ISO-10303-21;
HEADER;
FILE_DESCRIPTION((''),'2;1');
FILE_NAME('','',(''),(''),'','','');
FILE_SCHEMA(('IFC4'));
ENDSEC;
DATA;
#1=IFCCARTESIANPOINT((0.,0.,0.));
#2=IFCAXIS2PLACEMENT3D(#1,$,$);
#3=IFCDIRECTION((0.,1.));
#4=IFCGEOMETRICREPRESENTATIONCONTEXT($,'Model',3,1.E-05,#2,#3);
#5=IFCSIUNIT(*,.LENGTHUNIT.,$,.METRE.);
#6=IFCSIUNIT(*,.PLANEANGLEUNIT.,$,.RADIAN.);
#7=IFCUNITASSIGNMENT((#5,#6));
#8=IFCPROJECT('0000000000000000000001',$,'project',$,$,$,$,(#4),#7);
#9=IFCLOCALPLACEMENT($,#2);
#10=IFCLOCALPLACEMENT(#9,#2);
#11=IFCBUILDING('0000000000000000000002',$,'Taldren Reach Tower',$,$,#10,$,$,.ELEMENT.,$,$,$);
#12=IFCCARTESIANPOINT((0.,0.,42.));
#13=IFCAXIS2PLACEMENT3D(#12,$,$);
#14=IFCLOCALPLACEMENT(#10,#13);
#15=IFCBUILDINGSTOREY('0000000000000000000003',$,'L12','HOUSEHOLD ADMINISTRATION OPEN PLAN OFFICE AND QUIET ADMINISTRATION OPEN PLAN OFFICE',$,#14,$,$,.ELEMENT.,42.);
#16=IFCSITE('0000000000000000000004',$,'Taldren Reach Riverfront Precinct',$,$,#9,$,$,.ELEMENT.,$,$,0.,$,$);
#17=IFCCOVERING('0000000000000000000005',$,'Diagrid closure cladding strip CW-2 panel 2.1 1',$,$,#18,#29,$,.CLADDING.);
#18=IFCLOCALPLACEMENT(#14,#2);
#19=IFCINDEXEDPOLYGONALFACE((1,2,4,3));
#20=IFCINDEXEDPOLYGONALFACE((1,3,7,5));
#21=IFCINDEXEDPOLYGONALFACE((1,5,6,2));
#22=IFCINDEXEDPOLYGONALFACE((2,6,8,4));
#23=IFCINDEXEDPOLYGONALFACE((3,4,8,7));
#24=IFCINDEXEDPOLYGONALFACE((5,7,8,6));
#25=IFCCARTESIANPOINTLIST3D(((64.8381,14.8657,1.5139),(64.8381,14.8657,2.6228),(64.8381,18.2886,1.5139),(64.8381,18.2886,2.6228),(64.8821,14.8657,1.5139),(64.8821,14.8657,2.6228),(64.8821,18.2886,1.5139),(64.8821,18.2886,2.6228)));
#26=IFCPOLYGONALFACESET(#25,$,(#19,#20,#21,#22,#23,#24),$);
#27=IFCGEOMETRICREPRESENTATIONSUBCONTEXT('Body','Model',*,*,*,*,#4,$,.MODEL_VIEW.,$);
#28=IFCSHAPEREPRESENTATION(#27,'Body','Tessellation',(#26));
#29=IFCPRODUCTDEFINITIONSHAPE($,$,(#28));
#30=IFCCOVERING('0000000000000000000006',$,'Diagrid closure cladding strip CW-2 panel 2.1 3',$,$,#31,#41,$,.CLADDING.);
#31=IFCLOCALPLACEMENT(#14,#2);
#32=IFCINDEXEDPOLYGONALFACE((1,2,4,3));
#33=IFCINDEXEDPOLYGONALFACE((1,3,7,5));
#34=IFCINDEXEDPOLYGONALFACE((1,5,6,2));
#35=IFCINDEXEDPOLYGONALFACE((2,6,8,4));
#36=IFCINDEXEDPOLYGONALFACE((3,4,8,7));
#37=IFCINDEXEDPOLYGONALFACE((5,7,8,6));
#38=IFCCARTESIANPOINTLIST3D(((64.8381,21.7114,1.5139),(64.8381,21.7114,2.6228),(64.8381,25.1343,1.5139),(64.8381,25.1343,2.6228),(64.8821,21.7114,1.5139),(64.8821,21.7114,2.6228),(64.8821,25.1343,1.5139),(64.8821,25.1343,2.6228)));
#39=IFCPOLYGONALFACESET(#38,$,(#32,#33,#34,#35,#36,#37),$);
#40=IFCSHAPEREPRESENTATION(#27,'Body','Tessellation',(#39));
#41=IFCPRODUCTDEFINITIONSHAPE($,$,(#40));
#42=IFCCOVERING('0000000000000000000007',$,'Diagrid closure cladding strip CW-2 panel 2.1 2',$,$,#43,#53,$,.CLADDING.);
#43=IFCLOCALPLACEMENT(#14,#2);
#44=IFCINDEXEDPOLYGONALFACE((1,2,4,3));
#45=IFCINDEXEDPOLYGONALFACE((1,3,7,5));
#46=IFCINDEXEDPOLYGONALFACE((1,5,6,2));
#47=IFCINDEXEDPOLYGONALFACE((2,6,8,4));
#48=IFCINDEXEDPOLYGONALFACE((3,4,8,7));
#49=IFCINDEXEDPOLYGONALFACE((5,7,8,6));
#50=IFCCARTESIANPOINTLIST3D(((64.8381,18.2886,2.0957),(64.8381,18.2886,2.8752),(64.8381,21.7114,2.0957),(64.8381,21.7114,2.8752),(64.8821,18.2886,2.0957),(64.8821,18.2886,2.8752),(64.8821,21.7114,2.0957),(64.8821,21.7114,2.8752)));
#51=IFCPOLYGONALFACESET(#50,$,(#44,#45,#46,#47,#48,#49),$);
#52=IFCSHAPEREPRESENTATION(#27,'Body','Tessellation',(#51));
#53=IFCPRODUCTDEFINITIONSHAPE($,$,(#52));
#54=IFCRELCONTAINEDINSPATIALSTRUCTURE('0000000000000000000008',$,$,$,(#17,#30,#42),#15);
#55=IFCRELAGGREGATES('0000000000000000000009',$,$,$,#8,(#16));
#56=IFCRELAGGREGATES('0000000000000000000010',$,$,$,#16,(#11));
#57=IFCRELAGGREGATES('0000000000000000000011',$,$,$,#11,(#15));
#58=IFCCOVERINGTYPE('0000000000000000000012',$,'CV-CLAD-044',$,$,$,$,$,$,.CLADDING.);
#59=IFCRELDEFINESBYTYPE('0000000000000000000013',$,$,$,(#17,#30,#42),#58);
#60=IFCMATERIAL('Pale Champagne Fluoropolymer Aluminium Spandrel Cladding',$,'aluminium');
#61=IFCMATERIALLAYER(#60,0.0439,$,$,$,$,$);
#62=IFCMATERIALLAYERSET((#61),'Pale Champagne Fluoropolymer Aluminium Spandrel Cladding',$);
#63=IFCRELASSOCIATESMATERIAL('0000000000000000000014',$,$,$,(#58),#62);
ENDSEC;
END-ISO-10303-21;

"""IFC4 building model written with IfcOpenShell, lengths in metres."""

from ifc_helpers import new_model, si_unit, direction, frame, origin, origin_2d, place, context, subcontext, project, spatial, rectangle, extrude, source, transform, mapped, material, layer, layer_set, type_object, element, save


model = new_model("IFC4")

# Units and contexts
model_context = context("Model", 3, precision=1e-05, world=origin(), true_north=direction((0.0, 1.0)))
body_context = subcontext(model_context, "Body", "Model", "MODEL_VIEW")
ifc_project = project(units=[si_unit("LENGTHUNIT", "METRE"), si_unit("PLANEANGLEUNIT", "RADIAN")], contexts=[model_context])

# Site, building, storey
site_placement = place(None, origin())
site = spatial("IfcSite", under=ifc_project, at=site_placement, Name="Taldren Reach Riverfront Precinct", CompositionType="ELEMENT", RefElevation=0.0)
building_placement = place(site_placement, origin())
building = spatial("IfcBuilding", under=site, at=building_placement, Name="Taldren Reach Tower", CompositionType="ELEMENT")
storey_placement = place(building_placement, frame((0.0, 0.0, 42.0)))
storey = spatial("IfcBuildingStorey", under=building, at=storey_placement, Name="L12", Description="HOUSEHOLD ADMINISTRATION OPEN PLAN OFFICE AND QUIET ADMINISTRATION OPEN PLAN OFFICE", CompositionType="ELEMENT", Elevation=42.0)

# Coverings
ifc_material_1 = material(Name="Pale Champagne Fluoropolymer Aluminium Spandrel Cladding", Category="aluminium")
ifc_layer_1 = layer(ifc_material_1, 0.0439)
ifc_layer_set_1 = layer_set([ifc_layer_1], Name="Pale Champagne Fluoropolymer Aluminium Spandrel Cladding")
covering_type = type_object("IfcCoveringType", Name="CV-CLAD-044", PredefinedType="CLADDING", material=ifc_layer_set_1)
shared_shape_1 = source(origin(), body_context, "Body", "SweptSolid", [
    extrude(rectangle(XDim=3.4229, YDim=0.0439, at=origin_2d()), origin(), (0.0, 0.0, 1.0), 1.1089),
])
for number, where, z_axis, x_axis, name in (
    (1, (64.8601, 16.5771, 1.5139), (0.0, 0.0, 1.0), (0.0, 1.0, 0.0), "Diagrid closure cladding strip CW-2 panel 2.1 1"),
    (2, (64.8601, 23.4229, 1.5139), (0.0, 0.0, 1.0), (0.0, 1.0, 0.0), "Diagrid closure cladding strip CW-2 panel 2.1 3"),
):
    element("IfcCovering", number, at=place(storey_placement, frame(where, z_axis=z_axis, x_axis=x_axis)), inside=storey, type_object=covering_type, Name=name, PredefinedType="CLADDING", context=body_context, shape_type="MappedRepresentation", body=[
        mapped(shared_shape_1, transform((0.0, 0.0, 0.0), scale=1.0)),
    ])
shared_shape_2 = source(origin(), body_context, "Body", "SweptSolid", [
    extrude(rectangle(XDim=3.4229, YDim=0.0439, at=origin_2d()), origin(), (0.0, 0.0, 1.0), 0.7795),
])
covering_placement = place(storey_placement, frame((64.8601, 20.0, 2.0957), z_axis=(0.0, 0.0, 1.0), x_axis=(0.0, 1.0, 0.0)))
element("IfcCovering", 3, at=covering_placement, inside=storey, type_object=covering_type, Name="Diagrid closure cladding strip CW-2 panel 2.1 2", PredefinedType="CLADDING", context=body_context, shape_type="MappedRepresentation", body=[
    mapped(shared_shape_2, transform((0.0, 0.0, 0.0), scale=1.0)),
])

save(model, "model.ifc")
